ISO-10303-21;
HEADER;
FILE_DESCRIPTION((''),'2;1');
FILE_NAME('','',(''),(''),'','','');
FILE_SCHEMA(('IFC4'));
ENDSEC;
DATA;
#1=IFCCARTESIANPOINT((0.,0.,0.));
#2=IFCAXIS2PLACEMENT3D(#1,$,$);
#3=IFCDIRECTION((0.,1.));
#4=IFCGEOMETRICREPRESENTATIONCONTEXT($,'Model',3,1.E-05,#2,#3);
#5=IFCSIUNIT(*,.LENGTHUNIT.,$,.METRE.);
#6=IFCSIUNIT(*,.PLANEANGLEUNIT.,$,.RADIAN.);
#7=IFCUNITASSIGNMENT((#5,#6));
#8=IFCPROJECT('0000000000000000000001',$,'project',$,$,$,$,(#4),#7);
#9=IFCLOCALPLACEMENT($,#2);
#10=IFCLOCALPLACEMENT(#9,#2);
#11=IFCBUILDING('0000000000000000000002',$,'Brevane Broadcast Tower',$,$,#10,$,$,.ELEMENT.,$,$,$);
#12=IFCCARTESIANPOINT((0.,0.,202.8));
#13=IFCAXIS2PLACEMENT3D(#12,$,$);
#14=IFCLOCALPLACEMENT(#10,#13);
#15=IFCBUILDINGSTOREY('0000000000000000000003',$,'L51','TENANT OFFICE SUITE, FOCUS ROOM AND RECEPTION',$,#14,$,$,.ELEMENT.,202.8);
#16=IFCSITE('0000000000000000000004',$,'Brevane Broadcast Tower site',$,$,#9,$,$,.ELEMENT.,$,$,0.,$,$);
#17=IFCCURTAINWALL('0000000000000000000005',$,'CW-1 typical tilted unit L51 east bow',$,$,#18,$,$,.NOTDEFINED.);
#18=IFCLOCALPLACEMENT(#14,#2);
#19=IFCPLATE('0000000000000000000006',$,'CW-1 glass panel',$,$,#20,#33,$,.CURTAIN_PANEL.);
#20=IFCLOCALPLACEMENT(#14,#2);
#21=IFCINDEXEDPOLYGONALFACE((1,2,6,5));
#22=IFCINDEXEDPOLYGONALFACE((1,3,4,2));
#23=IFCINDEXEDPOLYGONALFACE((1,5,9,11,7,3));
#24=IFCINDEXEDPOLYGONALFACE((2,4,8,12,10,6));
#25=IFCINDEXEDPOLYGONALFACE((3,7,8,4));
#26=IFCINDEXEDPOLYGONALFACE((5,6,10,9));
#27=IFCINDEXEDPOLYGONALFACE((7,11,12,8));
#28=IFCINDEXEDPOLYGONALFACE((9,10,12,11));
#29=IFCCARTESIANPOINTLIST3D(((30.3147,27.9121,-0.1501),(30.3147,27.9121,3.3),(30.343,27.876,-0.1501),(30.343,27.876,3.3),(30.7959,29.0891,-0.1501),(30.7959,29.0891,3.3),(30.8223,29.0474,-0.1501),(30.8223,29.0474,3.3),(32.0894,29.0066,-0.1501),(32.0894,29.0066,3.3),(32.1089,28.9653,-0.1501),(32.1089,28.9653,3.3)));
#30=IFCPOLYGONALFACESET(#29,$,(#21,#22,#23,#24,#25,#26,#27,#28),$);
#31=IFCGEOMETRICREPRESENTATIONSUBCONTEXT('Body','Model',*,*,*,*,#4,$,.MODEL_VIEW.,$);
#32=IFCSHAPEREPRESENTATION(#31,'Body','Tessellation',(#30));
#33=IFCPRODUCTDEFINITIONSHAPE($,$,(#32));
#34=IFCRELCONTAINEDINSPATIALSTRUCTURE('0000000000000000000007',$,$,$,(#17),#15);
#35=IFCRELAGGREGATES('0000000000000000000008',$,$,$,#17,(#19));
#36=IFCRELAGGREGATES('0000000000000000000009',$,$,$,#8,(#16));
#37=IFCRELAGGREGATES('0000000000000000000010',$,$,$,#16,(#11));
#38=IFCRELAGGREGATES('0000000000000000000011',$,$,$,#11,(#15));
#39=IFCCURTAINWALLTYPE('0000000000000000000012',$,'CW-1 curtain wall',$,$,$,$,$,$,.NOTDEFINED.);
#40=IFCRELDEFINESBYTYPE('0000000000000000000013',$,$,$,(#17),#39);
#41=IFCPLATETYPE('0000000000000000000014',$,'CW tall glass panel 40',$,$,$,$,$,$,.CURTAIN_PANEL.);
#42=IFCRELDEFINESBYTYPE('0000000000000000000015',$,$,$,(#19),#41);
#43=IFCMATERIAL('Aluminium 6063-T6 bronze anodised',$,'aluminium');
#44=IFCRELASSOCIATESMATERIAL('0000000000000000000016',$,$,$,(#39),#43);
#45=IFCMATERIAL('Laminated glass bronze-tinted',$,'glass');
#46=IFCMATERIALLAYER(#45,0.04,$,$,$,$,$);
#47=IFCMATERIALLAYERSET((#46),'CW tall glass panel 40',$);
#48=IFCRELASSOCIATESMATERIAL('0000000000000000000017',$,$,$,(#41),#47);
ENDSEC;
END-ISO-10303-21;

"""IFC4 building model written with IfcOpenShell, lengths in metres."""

from ifc_helpers import new_model, si_unit, direction, frame, origin, place, context, subcontext, project, spatial, polyline, outline, extrude, material, layer, layer_set, type_object, element, aggregate, save


model = new_model("IFC4")

# Units and contexts
model_context = context("Model", 3, precision=1e-05, world=origin(), true_north=direction((0.0, 1.0)))
body_context = subcontext(model_context, "Body", "Model", "MODEL_VIEW")
ifc_project = project(units=[si_unit("LENGTHUNIT", "METRE"), si_unit("PLANEANGLEUNIT", "RADIAN")], contexts=[model_context])

# Site, building, storey
site_placement = place(None, origin())
site = spatial("IfcSite", under=ifc_project, at=site_placement, Name="Brevane Broadcast Tower site", CompositionType="ELEMENT", RefElevation=0.0)
building_placement = place(site_placement, origin())
building = spatial("IfcBuilding", under=site, at=building_placement, Name="Brevane Broadcast Tower", CompositionType="ELEMENT")
storey_placement = place(building_placement, frame((0.0, 0.0, 202.8)))
storey = spatial("IfcBuildingStorey", under=building, at=storey_placement, Name="L51", Description="TENANT OFFICE SUITE, FOCUS ROOM AND RECEPTION", CompositionType="ELEMENT", Elevation=202.8)

# Curtain wall, plate
ifc_material_1 = material(Name="Aluminium 6063-T6 bronze anodised", Category="aluminium")
curtain_wall_type = type_object("IfcCurtainWallType", Name="CW-1 curtain wall", PredefinedType="NOTDEFINED", material=ifc_material_1)
ifc_material_2 = material(Name="Laminated glass bronze-tinted", Category="glass")
ifc_layer = layer(ifc_material_2, 0.04)
ifc_layer_set = layer_set([ifc_layer], Name="CW tall glass panel 40")
plate_type = type_object("IfcPlateType", Name="CW tall glass panel 40", PredefinedType="CURTAIN_PANEL", material=ifc_layer_set)
curtain_wall_1_placement = place(storey_placement, origin())
curtain_wall_1 = element("IfcCurtainWall", 1, at=curtain_wall_1_placement, inside=storey, type_object=curtain_wall_type, Name="CW-1 typical tilted unit L51 east bow", PredefinedType="NOTDEFINED")
plate_1_placement = place(storey_placement, frame((0.0, 0.0, -0.1501)))
plate_1 = element("IfcPlate", 2, at=plate_1_placement, type_object=plate_type, Name="CW-1 glass panel", PredefinedType="CURTAIN_PANEL", context=body_context, shape_type="SweptSolid", body=[
    extrude(outline(polyline([(32.1089, 28.9653), (32.0894, 29.0066), (30.7959, 29.0891), (30.3147, 27.9121), (30.343, 27.876), (30.8223, 29.0474), (32.1089, 28.9653)])), origin(), (0.0, 0.0, 1.0), 3.4502),
])
aggregate(curtain_wall_1, [plate_1])

save(model, "model.ifc")
